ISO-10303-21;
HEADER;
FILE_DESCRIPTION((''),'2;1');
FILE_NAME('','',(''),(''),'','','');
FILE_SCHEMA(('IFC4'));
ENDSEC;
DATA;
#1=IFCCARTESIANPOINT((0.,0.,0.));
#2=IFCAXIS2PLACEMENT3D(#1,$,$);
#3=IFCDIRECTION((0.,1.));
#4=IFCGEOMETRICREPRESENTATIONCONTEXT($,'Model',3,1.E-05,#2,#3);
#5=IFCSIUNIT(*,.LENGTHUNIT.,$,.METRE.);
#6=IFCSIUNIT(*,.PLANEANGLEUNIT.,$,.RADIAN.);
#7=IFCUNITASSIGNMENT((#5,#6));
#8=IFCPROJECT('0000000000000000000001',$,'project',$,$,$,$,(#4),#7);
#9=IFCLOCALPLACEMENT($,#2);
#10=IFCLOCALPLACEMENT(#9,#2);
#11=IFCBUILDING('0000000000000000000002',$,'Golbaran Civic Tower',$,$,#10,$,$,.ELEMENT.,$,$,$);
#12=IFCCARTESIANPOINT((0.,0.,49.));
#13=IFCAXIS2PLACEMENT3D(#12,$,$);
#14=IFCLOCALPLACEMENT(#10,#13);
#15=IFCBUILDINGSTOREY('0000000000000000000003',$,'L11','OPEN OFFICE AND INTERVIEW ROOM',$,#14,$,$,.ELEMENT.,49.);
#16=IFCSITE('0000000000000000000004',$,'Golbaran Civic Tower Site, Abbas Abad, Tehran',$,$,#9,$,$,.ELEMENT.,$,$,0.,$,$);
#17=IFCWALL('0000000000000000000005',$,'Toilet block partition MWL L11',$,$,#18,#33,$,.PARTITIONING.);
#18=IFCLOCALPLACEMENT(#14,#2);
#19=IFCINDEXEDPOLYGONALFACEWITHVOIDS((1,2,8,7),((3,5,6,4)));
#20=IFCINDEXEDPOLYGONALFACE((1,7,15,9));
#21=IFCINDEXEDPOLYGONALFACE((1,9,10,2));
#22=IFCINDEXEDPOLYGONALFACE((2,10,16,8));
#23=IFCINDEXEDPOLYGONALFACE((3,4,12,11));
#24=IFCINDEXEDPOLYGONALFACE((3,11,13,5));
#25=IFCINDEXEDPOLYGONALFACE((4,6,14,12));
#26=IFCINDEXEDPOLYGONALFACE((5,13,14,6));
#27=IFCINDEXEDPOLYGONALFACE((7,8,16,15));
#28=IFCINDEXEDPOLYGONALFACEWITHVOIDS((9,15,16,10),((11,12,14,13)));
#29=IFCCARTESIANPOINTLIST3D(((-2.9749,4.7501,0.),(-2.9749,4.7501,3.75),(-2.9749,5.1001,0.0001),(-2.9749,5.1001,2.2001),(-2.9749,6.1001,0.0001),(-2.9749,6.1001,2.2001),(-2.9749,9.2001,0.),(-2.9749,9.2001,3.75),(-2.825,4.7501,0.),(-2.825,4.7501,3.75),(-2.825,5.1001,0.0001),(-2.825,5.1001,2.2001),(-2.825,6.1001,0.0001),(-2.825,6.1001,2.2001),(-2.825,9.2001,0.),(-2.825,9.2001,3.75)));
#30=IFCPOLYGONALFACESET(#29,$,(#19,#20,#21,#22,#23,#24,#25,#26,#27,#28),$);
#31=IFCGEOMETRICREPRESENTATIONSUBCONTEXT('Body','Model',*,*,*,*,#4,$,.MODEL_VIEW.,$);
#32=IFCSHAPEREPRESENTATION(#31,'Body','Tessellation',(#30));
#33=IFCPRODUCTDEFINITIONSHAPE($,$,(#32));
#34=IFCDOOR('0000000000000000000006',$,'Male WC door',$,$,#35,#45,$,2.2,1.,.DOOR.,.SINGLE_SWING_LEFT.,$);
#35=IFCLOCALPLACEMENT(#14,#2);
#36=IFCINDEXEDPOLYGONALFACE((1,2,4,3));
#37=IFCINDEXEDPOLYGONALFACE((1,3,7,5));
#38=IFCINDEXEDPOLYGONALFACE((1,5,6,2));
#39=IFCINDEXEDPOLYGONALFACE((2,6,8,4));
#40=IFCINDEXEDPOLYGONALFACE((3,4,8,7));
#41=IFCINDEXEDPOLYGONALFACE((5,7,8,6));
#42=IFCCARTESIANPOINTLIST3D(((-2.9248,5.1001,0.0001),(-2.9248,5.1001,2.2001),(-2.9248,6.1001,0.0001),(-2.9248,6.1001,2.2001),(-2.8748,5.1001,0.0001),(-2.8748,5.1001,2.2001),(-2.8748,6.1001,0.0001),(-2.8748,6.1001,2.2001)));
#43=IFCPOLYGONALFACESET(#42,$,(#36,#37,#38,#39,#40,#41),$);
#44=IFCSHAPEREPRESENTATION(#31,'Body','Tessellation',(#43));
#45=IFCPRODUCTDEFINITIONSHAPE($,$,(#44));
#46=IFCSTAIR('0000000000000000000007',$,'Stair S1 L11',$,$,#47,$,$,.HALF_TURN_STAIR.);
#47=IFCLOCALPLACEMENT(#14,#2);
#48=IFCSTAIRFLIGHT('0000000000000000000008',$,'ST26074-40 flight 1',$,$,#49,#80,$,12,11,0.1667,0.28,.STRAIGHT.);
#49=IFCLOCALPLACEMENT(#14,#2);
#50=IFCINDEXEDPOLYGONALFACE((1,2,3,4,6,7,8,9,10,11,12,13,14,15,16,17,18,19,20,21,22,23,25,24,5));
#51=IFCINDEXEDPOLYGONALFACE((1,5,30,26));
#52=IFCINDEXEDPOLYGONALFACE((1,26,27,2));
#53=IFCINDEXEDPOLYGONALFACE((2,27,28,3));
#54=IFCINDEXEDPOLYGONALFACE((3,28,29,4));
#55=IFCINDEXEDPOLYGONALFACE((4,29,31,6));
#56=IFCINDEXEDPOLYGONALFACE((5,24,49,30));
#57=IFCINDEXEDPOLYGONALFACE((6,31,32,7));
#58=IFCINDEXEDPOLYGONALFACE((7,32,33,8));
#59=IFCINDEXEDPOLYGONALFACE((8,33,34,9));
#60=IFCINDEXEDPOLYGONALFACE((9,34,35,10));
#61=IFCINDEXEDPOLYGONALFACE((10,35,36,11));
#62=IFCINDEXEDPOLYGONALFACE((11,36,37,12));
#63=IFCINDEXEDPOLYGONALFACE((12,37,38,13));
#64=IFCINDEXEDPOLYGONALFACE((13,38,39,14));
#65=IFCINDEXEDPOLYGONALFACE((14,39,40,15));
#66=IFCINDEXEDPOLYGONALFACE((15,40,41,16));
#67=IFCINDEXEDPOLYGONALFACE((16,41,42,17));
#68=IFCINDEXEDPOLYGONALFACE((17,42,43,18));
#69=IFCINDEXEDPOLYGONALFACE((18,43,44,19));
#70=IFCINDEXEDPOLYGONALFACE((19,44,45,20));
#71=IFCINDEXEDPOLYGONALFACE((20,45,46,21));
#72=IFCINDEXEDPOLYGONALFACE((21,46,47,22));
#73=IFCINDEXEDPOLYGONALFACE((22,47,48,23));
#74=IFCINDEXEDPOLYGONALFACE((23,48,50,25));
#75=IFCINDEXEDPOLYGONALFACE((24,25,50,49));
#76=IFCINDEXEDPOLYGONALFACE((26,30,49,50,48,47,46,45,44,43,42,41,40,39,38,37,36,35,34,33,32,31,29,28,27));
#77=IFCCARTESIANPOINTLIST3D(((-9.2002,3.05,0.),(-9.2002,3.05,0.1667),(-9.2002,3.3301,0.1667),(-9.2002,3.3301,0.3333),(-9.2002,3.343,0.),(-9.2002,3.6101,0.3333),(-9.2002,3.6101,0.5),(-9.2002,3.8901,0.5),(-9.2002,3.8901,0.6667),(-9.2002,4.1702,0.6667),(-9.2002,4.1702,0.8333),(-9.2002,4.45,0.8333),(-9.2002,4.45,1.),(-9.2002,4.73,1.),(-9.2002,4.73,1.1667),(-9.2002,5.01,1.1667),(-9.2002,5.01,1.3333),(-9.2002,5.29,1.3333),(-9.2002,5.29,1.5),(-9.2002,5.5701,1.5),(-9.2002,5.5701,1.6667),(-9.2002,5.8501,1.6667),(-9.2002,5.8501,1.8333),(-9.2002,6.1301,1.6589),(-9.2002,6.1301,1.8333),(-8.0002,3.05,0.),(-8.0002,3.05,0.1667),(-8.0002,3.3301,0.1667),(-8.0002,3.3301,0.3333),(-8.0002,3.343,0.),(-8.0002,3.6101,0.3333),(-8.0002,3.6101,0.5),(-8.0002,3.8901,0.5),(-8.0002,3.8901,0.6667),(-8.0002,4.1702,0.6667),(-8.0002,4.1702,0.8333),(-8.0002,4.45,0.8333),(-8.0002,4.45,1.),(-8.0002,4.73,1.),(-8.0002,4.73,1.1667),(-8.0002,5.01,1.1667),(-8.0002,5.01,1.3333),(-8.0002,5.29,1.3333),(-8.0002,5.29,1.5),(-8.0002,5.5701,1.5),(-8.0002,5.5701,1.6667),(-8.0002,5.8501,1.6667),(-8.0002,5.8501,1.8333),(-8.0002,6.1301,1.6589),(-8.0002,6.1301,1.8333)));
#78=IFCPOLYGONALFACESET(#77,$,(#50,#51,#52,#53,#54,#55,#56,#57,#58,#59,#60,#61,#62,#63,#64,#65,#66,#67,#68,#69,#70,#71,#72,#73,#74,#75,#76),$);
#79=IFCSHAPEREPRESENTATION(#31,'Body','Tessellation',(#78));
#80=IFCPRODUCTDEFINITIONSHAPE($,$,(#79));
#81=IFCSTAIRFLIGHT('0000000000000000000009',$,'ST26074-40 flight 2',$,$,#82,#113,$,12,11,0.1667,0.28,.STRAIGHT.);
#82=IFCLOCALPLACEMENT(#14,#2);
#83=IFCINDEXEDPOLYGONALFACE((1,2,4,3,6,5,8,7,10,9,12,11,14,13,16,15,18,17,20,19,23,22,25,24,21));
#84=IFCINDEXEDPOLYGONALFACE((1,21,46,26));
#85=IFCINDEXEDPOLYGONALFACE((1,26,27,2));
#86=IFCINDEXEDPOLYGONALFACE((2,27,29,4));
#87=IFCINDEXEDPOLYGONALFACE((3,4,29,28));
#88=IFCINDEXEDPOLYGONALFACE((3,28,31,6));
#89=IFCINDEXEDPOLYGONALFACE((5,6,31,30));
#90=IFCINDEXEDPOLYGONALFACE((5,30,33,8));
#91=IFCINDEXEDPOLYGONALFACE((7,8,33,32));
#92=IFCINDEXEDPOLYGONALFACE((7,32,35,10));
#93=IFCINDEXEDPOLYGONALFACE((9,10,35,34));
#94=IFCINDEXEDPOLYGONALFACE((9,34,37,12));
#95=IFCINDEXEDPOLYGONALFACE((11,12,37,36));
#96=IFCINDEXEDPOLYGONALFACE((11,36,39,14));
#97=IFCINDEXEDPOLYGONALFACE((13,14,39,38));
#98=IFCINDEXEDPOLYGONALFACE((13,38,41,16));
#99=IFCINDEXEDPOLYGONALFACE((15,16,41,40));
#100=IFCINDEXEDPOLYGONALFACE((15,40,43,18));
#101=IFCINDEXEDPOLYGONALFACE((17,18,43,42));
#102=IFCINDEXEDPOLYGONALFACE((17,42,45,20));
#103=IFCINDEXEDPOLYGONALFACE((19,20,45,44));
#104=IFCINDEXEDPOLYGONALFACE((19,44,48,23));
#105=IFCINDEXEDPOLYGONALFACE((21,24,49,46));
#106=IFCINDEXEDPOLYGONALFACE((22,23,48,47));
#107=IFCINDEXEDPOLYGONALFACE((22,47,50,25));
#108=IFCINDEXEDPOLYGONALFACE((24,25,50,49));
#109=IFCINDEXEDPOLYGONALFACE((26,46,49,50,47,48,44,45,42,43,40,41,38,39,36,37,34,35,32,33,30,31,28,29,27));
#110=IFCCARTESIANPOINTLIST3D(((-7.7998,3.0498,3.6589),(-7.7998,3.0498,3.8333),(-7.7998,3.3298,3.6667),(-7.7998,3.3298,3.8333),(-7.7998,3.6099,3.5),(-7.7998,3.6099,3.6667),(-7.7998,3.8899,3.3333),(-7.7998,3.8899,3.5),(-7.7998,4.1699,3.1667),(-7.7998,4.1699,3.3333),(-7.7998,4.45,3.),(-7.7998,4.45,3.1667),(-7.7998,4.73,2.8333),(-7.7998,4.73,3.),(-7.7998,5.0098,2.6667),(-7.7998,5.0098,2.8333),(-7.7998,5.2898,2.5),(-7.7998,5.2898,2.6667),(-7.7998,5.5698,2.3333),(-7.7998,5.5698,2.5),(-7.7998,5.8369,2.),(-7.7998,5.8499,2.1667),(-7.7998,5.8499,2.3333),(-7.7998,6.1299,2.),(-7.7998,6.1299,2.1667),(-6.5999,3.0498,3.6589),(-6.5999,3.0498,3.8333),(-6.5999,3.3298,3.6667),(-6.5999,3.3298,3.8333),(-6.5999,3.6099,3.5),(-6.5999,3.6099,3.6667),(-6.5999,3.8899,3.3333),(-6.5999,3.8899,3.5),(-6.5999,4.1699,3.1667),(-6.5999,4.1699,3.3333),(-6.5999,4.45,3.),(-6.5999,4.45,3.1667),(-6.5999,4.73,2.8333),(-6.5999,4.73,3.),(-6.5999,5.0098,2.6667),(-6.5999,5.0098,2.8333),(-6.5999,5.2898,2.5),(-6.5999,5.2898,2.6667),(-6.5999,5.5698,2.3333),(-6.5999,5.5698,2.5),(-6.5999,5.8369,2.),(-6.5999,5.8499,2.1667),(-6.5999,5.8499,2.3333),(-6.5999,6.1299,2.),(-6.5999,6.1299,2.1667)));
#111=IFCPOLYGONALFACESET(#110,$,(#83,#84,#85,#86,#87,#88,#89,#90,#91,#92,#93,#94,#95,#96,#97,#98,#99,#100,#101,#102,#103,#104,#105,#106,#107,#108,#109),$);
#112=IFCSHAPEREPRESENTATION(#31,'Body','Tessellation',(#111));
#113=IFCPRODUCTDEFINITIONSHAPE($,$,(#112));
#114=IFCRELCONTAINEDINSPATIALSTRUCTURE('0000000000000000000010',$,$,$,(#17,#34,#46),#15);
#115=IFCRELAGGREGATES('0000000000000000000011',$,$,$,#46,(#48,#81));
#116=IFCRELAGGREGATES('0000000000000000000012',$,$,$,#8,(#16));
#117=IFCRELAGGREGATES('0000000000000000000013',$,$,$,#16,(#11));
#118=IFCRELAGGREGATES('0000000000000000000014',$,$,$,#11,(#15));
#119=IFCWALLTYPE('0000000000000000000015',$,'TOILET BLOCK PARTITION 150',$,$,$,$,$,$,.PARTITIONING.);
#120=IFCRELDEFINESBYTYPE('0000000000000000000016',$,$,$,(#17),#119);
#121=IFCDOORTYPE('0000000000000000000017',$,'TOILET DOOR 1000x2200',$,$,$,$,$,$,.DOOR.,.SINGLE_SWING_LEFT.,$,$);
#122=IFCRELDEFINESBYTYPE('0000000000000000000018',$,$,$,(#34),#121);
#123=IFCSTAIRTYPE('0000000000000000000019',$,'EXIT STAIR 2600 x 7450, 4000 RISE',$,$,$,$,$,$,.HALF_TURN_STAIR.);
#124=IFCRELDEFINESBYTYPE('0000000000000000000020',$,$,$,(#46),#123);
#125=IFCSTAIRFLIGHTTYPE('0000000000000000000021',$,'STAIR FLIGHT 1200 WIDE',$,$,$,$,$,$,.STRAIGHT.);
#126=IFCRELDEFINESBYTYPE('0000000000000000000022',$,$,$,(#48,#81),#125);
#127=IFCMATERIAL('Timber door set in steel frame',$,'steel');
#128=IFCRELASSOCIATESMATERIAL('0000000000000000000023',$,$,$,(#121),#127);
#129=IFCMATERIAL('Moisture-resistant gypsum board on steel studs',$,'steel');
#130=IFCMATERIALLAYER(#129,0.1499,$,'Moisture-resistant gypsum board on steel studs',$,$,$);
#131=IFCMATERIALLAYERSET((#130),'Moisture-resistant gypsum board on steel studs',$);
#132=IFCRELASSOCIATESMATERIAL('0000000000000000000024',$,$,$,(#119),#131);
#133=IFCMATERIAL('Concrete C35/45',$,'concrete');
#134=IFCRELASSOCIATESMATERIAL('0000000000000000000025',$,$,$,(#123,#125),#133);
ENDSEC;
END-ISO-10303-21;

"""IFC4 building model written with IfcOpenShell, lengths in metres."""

from ifc_helpers import new_model, si_unit, direction, frame, frame_2d, origin, place, context, subcontext, project, spatial, polyline, rectangle, outline, extrude, material, layer, layer_set, type_object, element, fill, aggregate, save


model = new_model("IFC4")

# Units and contexts
model_context = context("Model", 3, precision=1e-05, world=origin(), true_north=direction((0.0, 1.0)))
body_context = subcontext(model_context, "Body", "Model", "MODEL_VIEW")
ifc_project = project(units=[si_unit("LENGTHUNIT", "METRE"), si_unit("PLANEANGLEUNIT", "RADIAN")], contexts=[model_context])

# Site, building, storey
site_placement = place(None, origin())
site = spatial("IfcSite", under=ifc_project, at=site_placement, Name="Golbaran Civic Tower Site, Abbas Abad, Tehran", CompositionType="ELEMENT", RefElevation=0.0)
building_placement = place(site_placement, origin())
building = spatial("IfcBuilding", under=site, at=building_placement, Name="Golbaran Civic Tower", CompositionType="ELEMENT")
storey_placement = place(building_placement, frame((0.0, 0.0, 49.0)))
storey = spatial("IfcBuildingStorey", under=building, at=storey_placement, Name="L11", Description="OPEN OFFICE AND INTERVIEW ROOM", CompositionType="ELEMENT", Elevation=49.0)

# Shared definitions
ifc_material_1 = material(Name="Timber door set in steel frame", Category="steel")

# Wall, opening, door
door_type_1 = type_object("IfcDoorType", Name="TOILET DOOR 1000x2200", OperationType="SINGLE_SWING_LEFT", PredefinedType="DOOR", material=ifc_material_1)
ifc_material_2 = material(Name="Moisture-resistant gypsum board on steel studs", Category="steel")
ifc_layer_1 = layer(ifc_material_2, 0.1499, Name="Moisture-resistant gypsum board on steel studs")
ifc_layer_set_1 = layer_set([ifc_layer_1], Name="Moisture-resistant gypsum board on steel studs")
wall_type_1 = type_object("IfcWallType", Name="TOILET BLOCK PARTITION 150", PredefinedType="PARTITIONING", material=ifc_layer_set_1)
wall_1_placement = place(storey_placement, frame((-2.8999, 4.75, 0.0), z_axis=(0.0, 0.0, 1.0), x_axis=(0.0, 1.0, 0.0)))
wall_1 = element("IfcWall", 1, at=wall_1_placement, inside=storey, type_object=wall_type_1, Name="Toilet block partition MWL L11", PredefinedType="PARTITIONING", context=body_context, shape_type="SweptSolid", body=[
    extrude(rectangle(XDim=4.45, YDim=0.1499, at=frame_2d((2.2251, 0.0))), origin(), (0.0, 0.0, 1.0), 3.75),
])
opening_1_placement = place(wall_1_placement, frame((0.3501, 0.0, 0.0)))
opening_1 = element("IfcOpeningElement", 2, at=opening_1_placement, cuts=wall_1, PredefinedType="OPENING", context=body_context, shape_type="SweptSolid", body=[
    extrude(rectangle(XDim=1.0, YDim=2.2, at=frame_2d((0.5, 1.1001))), frame((0.0, 0.085, 0.0), z_axis=(0.0, -1.0, 0.0), x_axis=(1.0, 0.0, 0.0)), (0.0, 0.0, 1.0), 0.1699),
])
door_1_placement = place(opening_1_placement, origin())
door_1 = element("IfcDoor", 3, at=door_1_placement, inside=storey, type_object=door_type_1, Name="Male WC door", OperationType="SINGLE_SWING_LEFT", OverallHeight=2.2, OverallWidth=1.0, PredefinedType="DOOR", context=body_context, shape_type="SweptSolid", body=[
    extrude(rectangle(XDim=1.0, YDim=2.2, at=frame_2d((0.5, 1.1001))), frame((0.0, 0.0249, 0.0), z_axis=(0.0, -1.0, 0.0), x_axis=(1.0, 0.0, 0.0)), (0.0, 0.0, 1.0), 0.05),
])
fill(opening_1, door_1)

# Stair, stair flights
ifc_material_3 = material(Name="Concrete C35/45", Category="concrete")
stair_type = type_object("IfcStairType", Name="EXIT STAIR 2600 x 7450, 4000 RISE", PredefinedType="HALF_TURN_STAIR", material=ifc_material_3)
stair_placement = place(storey_placement, origin())
stair = element("IfcStair", 4, at=stair_placement, inside=storey, type_object=stair_type, Name="Stair S1 L11", PredefinedType="HALF_TURN_STAIR")
stair_flight_type = type_object("IfcStairFlightType", Name="STAIR FLIGHT 1200 WIDE", PredefinedType="STRAIGHT", material=ifc_material_3)
stair_flight_1_placement = place(storey_placement, frame((-8.6001, 3.05, 0.0), z_axis=(0.0, 0.0, 1.0), x_axis=(0.0, 1.0, 0.0)))
stair_flight_1 = element("IfcStairFlight", 5, at=stair_flight_1_placement, type_object=stair_flight_type, Name="ST26074-40 flight 1", NumberOfRisers=12, NumberOfTreads=11, PredefinedType="STRAIGHT", RiserHeight=0.1667, TreadLength=0.28, context=body_context, shape_type="SweptSolid", body=[
    extrude(outline(polyline([(0.0, 0.0), (0.0, 0.1667), (0.28, 0.1667), (0.28, 0.3333), (0.5601, 0.3333), (0.5601, 0.5), (0.8401, 0.5), (0.8401, 0.6667), (1.1201, 0.6667), (1.1201, 0.8333), (1.3999, 0.8333), (1.3999, 1.0), (1.6799, 1.0), (1.6799, 1.1667), (1.96, 1.1667), (1.96, 1.3333), (2.24, 1.3333), (2.24, 1.5), (2.52, 1.5), (2.52, 1.6667), (2.8, 1.6667), (2.8, 1.8333), (3.0801, 1.8333), (3.0801, 2.0), (3.0801, 1.6589), (0.293, 0.0), (0.0, 0.0)])), frame((0.0, 0.6001, 0.0), z_axis=(0.0, -1.0, 0.0), x_axis=(1.0, 0.0, 0.0)), (0.0, 0.0, 1.0), 1.2),
])
stair_flight_2_placement = place(storey_placement, frame((-7.2, 6.1299, 2.0), z_axis=(0.0, 0.0, 1.0), x_axis=(0.0, -1.0, 0.0)))
stair_flight_2 = element("IfcStairFlight", 6, at=stair_flight_2_placement, type_object=stair_flight_type, Name="ST26074-40 flight 2", NumberOfRisers=12, NumberOfTreads=11, PredefinedType="STRAIGHT", RiserHeight=0.1667, TreadLength=0.28, context=body_context, shape_type="SweptSolid", body=[
    extrude(outline(polyline([(0.0, 0.0), (0.0, 0.1667), (0.28, 0.1667), (0.28, 0.3333), (0.5601, 0.3333), (0.5601, 0.5), (0.8401, 0.5), (0.8401, 0.6667), (1.1201, 0.6667), (1.1201, 0.8333), (1.3999, 0.8333), (1.3999, 1.0), (1.6799, 1.0), (1.6799, 1.1667), (1.96, 1.1667), (1.96, 1.3333), (2.24, 1.3333), (2.24, 1.5), (2.52, 1.5), (2.52, 1.6667), (2.8, 1.6667), (2.8, 1.8333), (3.0801, 1.8333), (3.0801, 2.0), (3.0801, 1.6589), (0.293, 0.0), (0.0, 0.0)])), frame((0.0, 0.6001, 0.0), z_axis=(0.0, -1.0, 0.0), x_axis=(1.0, 0.0, 0.0)), (0.0, 0.0, 1.0), 1.2),
])
aggregate(stair, [stair_flight_1, stair_flight_2])

save(model, "model.ifc")
